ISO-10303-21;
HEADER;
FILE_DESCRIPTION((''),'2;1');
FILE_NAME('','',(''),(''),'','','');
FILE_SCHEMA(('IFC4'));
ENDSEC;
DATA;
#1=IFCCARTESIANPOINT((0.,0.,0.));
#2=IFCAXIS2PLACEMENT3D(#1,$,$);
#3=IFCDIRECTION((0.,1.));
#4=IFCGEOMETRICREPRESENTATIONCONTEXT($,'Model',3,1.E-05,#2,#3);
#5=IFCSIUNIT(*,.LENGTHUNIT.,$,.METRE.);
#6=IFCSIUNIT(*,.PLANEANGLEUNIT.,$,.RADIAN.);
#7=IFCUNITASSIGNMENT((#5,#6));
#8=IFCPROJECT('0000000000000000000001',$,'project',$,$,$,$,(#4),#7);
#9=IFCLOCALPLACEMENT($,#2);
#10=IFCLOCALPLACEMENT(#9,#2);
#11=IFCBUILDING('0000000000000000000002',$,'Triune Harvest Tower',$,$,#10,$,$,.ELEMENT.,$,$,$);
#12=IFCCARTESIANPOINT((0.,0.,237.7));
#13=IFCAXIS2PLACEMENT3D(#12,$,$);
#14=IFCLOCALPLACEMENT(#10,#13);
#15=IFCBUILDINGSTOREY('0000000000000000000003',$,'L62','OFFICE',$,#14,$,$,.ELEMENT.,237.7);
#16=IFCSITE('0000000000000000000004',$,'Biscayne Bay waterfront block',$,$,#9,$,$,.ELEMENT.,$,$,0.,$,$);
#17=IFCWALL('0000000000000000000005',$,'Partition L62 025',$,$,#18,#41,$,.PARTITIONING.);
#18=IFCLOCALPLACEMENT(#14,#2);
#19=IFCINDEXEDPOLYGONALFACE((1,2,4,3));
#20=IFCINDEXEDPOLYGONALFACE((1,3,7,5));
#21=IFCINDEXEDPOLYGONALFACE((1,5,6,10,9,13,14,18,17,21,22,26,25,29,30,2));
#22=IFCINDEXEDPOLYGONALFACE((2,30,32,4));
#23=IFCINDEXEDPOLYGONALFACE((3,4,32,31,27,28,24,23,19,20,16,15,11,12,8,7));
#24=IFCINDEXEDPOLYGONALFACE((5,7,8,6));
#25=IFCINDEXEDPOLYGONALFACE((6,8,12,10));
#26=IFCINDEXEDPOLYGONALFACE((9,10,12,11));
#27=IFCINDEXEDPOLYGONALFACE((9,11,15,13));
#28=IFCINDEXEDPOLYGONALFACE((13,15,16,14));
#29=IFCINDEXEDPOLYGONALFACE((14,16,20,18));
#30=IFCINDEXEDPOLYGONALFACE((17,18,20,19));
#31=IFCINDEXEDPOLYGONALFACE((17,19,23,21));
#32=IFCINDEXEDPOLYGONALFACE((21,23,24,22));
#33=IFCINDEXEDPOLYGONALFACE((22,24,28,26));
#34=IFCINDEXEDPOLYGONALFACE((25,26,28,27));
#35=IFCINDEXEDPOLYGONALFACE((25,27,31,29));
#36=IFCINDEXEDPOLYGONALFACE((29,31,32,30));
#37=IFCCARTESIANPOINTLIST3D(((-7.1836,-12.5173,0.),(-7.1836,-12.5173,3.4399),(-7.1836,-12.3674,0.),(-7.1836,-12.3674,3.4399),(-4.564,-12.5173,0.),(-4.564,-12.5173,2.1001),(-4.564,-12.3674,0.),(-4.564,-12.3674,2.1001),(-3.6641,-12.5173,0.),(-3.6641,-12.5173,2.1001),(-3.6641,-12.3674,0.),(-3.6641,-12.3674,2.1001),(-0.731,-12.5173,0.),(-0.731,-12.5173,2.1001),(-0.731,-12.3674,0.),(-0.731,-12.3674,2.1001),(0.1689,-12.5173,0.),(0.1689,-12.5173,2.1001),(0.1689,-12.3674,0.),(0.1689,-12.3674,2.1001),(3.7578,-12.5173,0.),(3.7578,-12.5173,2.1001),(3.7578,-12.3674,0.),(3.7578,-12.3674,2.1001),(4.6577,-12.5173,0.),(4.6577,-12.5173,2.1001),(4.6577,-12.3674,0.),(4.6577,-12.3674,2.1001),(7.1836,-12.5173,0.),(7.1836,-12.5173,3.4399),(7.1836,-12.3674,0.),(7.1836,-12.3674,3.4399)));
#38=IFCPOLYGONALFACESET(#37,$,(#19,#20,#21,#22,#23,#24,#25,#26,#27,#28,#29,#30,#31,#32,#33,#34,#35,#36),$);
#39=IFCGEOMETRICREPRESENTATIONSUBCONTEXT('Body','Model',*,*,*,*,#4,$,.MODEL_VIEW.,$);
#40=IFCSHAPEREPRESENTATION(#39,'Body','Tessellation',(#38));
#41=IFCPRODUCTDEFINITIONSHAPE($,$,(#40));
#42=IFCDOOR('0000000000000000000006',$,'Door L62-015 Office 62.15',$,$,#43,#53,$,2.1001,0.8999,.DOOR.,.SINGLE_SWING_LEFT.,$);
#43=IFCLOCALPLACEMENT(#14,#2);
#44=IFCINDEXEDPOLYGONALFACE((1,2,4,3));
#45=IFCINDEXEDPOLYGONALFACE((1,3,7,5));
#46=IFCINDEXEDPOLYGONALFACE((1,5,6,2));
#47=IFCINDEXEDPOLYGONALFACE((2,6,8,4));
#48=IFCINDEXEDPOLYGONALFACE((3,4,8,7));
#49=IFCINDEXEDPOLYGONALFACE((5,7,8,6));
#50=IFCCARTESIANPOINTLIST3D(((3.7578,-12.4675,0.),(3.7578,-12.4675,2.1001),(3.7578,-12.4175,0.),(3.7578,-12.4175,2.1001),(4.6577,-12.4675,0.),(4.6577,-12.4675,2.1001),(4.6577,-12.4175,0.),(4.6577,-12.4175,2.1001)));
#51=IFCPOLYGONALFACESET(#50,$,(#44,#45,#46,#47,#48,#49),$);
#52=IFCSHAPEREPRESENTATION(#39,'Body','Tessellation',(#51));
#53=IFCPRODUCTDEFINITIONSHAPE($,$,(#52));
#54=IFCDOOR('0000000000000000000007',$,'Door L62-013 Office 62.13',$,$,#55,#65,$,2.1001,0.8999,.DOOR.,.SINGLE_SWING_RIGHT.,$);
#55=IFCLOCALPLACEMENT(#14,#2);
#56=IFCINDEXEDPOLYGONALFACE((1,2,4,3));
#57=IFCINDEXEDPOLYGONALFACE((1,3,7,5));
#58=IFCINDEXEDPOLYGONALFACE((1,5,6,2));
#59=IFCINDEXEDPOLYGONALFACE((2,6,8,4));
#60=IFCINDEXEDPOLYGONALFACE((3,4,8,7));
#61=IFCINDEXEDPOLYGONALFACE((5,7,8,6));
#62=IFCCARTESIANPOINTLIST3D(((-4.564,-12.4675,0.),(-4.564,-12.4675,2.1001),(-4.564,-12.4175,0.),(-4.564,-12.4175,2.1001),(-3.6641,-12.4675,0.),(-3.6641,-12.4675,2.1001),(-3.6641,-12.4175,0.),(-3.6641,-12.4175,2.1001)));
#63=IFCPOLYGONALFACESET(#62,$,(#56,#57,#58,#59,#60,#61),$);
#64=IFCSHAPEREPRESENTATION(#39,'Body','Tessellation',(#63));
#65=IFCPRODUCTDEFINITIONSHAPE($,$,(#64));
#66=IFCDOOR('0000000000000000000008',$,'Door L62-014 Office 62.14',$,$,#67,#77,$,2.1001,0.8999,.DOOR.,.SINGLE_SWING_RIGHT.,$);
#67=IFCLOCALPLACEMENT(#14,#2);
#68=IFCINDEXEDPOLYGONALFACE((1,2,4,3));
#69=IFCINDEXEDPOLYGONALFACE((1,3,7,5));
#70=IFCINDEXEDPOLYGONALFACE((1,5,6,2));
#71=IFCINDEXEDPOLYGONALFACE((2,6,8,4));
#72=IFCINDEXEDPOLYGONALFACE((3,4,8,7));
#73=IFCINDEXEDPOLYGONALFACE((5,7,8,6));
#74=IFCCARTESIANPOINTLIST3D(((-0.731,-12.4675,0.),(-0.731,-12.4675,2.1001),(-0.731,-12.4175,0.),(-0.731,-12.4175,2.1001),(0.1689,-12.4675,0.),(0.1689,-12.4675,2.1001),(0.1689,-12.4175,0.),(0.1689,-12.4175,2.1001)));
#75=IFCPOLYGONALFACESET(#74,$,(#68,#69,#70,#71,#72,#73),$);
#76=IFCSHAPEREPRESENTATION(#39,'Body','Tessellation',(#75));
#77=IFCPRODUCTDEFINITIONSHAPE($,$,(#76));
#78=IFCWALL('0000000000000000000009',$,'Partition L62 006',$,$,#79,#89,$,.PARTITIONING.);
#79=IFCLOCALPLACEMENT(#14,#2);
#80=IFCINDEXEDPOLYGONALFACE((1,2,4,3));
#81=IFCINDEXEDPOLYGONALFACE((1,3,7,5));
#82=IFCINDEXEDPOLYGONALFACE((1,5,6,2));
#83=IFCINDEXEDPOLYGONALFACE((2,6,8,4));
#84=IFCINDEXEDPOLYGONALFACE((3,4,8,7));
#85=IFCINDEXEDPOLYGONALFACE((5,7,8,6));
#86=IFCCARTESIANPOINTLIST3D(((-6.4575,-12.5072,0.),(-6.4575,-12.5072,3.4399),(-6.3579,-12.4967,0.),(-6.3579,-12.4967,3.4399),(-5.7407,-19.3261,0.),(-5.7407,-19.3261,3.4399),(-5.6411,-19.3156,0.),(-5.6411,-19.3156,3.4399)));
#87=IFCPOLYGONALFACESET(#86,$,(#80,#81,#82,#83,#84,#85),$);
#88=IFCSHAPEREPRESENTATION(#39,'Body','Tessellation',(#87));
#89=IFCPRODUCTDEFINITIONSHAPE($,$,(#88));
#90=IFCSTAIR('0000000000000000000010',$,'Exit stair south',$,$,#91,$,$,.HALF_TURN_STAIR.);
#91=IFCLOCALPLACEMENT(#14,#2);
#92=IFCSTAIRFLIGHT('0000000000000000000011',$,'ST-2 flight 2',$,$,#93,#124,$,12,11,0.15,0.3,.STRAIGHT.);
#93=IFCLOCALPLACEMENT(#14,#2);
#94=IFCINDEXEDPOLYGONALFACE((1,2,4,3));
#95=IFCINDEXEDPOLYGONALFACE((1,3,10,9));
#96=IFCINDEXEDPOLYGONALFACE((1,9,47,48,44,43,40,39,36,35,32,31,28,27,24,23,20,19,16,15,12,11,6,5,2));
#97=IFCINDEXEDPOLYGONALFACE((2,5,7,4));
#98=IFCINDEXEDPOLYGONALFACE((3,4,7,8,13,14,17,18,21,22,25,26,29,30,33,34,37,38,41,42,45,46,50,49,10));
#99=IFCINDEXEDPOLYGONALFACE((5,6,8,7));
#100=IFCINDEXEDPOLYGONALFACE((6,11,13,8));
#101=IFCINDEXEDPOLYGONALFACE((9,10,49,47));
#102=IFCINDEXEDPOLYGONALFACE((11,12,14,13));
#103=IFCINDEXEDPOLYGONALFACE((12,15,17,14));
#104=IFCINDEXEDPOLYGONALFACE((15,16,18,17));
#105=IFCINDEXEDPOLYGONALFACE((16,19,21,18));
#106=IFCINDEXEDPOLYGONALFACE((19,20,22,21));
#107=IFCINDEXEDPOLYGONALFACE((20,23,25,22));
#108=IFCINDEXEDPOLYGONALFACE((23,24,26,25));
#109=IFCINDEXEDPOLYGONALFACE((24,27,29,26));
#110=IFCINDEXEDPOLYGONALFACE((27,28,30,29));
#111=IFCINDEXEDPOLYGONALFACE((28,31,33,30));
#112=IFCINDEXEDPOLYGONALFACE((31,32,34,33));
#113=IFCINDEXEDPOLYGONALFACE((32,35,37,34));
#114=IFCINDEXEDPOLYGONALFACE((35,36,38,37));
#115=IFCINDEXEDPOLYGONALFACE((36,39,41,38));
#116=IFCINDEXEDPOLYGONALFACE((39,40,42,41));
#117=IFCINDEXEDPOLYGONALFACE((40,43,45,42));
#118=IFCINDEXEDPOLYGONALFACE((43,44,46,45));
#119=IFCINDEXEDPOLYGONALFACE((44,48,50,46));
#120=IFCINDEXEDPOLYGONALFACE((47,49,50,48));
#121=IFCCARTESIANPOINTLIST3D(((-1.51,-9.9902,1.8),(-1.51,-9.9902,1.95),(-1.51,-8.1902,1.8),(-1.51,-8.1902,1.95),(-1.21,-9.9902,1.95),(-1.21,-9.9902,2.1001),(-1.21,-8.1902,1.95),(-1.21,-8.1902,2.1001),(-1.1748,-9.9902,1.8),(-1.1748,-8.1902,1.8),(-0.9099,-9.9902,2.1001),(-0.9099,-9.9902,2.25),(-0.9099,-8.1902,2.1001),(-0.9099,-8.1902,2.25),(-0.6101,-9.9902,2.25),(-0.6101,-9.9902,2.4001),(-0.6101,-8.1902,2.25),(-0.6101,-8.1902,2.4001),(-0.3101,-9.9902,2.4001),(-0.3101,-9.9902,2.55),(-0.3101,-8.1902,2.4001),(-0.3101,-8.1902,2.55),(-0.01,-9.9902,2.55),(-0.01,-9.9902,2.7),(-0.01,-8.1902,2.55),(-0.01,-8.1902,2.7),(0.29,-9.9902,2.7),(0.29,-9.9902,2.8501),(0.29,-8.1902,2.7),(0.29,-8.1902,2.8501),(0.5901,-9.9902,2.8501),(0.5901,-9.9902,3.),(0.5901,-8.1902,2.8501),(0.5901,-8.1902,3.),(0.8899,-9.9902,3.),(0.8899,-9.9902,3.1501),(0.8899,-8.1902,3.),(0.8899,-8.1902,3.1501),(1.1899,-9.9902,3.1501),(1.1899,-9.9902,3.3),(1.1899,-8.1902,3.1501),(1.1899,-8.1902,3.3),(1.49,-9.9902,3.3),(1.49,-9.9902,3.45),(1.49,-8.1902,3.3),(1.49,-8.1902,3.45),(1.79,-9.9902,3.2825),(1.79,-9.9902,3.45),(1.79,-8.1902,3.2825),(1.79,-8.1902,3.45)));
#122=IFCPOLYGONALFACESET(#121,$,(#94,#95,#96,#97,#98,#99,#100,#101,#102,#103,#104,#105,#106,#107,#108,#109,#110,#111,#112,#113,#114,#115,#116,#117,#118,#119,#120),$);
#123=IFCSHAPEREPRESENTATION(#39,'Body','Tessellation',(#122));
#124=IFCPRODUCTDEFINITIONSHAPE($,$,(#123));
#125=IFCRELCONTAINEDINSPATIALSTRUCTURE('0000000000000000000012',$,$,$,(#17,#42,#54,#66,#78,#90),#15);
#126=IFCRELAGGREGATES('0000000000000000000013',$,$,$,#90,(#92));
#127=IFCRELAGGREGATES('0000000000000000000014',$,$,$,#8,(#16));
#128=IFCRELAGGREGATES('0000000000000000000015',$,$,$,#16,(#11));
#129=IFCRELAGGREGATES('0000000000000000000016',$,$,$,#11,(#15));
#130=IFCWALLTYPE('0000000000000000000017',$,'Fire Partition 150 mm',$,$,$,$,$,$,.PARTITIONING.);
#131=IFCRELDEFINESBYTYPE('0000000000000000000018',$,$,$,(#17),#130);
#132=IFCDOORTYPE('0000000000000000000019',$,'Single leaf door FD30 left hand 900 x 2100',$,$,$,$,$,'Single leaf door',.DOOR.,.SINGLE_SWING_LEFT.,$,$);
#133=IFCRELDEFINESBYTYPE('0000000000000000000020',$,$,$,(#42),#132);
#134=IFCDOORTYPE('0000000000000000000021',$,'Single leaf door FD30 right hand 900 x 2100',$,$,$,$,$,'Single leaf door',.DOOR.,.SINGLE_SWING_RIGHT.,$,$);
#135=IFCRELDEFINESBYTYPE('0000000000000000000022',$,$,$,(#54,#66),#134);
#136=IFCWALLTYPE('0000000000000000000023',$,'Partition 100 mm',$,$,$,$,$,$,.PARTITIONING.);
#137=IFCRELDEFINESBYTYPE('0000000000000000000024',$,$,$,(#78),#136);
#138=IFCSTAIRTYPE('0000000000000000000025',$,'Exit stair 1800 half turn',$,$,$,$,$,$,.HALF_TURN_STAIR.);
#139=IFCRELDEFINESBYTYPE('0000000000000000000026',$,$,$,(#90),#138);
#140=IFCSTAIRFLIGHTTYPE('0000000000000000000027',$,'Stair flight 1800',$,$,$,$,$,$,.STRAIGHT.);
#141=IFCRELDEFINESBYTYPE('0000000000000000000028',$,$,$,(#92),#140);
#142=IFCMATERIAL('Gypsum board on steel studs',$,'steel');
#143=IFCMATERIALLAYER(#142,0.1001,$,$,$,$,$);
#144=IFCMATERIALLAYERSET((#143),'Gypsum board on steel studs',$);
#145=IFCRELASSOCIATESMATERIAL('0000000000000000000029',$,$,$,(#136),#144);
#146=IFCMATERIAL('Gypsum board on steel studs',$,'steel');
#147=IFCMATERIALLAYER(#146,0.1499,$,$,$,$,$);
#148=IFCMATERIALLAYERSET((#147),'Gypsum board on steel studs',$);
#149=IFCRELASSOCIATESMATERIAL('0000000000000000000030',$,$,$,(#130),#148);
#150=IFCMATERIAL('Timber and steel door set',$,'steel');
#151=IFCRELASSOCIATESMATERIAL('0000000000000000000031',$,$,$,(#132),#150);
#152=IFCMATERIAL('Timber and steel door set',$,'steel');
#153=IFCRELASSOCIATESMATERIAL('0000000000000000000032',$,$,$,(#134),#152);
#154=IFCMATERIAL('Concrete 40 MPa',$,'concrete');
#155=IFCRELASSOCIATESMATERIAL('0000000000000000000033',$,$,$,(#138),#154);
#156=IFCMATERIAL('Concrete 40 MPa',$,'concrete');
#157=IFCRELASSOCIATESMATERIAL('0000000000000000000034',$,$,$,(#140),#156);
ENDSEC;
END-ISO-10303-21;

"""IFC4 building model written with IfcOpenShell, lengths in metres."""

from ifc_helpers import new_model, si_unit, direction, frame, frame_2d, origin, place, context, subcontext, project, spatial, polyline, rectangle, outline, extrude, source, transform, mapped, material, layer, layer_set, type_object, element, fill, aggregate, save


model = new_model("IFC4")

# Units and contexts
model_context = context("Model", 3, precision=1e-05, world=origin(), true_north=direction((0.0, 1.0)))
body_context = subcontext(model_context, "Body", "Model", "MODEL_VIEW")
ifc_project = project(units=[si_unit("LENGTHUNIT", "METRE"), si_unit("PLANEANGLEUNIT", "RADIAN")], contexts=[model_context])

# Site, building, storey
site_placement = place(None, origin())
site = spatial("IfcSite", under=ifc_project, at=site_placement, Name="Biscayne Bay waterfront block", CompositionType="ELEMENT", RefElevation=0.0)
building_placement = place(site_placement, origin())
building = spatial("IfcBuilding", under=site, at=building_placement, Name="Triune Harvest Tower", CompositionType="ELEMENT")
storey_placement = place(building_placement, frame((0.0, 0.0, 237.7)))
storey = spatial("IfcBuildingStorey", under=building, at=storey_placement, Name="L62", Description="OFFICE", CompositionType="ELEMENT", Elevation=237.7)

# Shared definitions
ifc_material_1 = material(Name="Gypsum board on steel studs", Category="steel")
ifc_layer_1 = layer(ifc_material_1, 0.1001)
ifc_layer_set_1 = layer_set([ifc_layer_1], Name="Gypsum board on steel studs")
wall_type_1 = type_object("IfcWallType", Name="Partition 100 mm", PredefinedType="PARTITIONING", material=ifc_layer_set_1)

# Wall, openings, doors
ifc_material_2 = material(Name="Gypsum board on steel studs", Category="steel")
ifc_layer_2 = layer(ifc_material_2, 0.1499)
ifc_layer_set_2 = layer_set([ifc_layer_2], Name="Gypsum board on steel studs")
wall_type_2 = type_object("IfcWallType", Name="Fire Partition 150 mm", PredefinedType="PARTITIONING", material=ifc_layer_set_2)
shared_shape_1 = source(origin(), body_context, "Body", "SweptSolid", [
    extrude(rectangle(XDim=14.3672, YDim=0.1499, at=frame_2d((7.1836, 0.0))), origin(), (0.0, 0.0, 1.0), 3.4399),
])
wall_1_placement = place(storey_placement, frame((-7.1836, -12.4424, 0.0), z_axis=(0.0, 0.0, 1.0), x_axis=(1.0, 0.0, 0.0)))
wall_1 = element("IfcWall", 1, at=wall_1_placement, inside=storey, type_object=wall_type_2, Name="Partition L62 025", PredefinedType="PARTITIONING", context=body_context, shape_type="MappedRepresentation", body=[
    mapped(shared_shape_1, transform((0.0, 0.0, 0.0), scale=1.0)),
])
opening_1_placement = place(wall_1_placement, frame((2.6196, 0.0, 0.0)))
opening_1 = element("IfcOpeningElement", 2, at=opening_1_placement, cuts=wall_1, PredefinedType="OPENING", context=body_context, shape_type="SweptSolid", body=[
    extrude(rectangle(XDim=0.8999, YDim=2.1001, at=frame_2d((0.45, 1.05))), frame((0.0, 0.085, 0.0), z_axis=(0.0, -1.0, 0.0), x_axis=(1.0, 0.0, 0.0)), (0.0, 0.0, 1.0), 0.1699),
])
opening_2_placement = place(wall_1_placement, frame((6.4526, 0.0, 0.0)))
opening_2 = element("IfcOpeningElement", 3, at=opening_2_placement, cuts=wall_1, PredefinedType="OPENING", context=body_context, shape_type="SweptSolid", body=[
    extrude(rectangle(XDim=0.8999, YDim=2.1001, at=frame_2d((0.45, 1.05))), frame((0.0, 0.085, 0.0), z_axis=(0.0, -1.0, 0.0), x_axis=(1.0, 0.0, 0.0)), (0.0, 0.0, 1.0), 0.1699),
])
opening_3_placement = place(wall_1_placement, frame((10.9414, 0.0, 0.0)))
opening_3 = element("IfcOpeningElement", 4, at=opening_3_placement, cuts=wall_1, PredefinedType="OPENING", context=body_context, shape_type="SweptSolid", body=[
    extrude(rectangle(XDim=0.8999, YDim=2.1001, at=frame_2d((0.45, 1.05))), frame((0.0, 0.085, 0.0), z_axis=(0.0, -1.0, 0.0), x_axis=(1.0, 0.0, 0.0)), (0.0, 0.0, 1.0), 0.1699),
])
ifc_material_3 = material(Name="Timber and steel door set", Category="steel")
door_type_1 = type_object("IfcDoorType", Name="Single leaf door FD30 left hand 900 x 2100", ElementType="Single leaf door", OperationType="SINGLE_SWING_LEFT", PredefinedType="DOOR", material=ifc_material_3)
door_1_placement = place(opening_3_placement, origin())
door_1 = element("IfcDoor", 5, at=door_1_placement, inside=storey, type_object=door_type_1, Name="Door L62-015 Office 62.15", OperationType="SINGLE_SWING_LEFT", OverallHeight=2.1001, OverallWidth=0.8999, PredefinedType="DOOR", context=body_context, shape_type="SweptSolid", body=[
    extrude(rectangle(XDim=0.8999, YDim=2.1001, at=frame_2d((0.45, 1.05))), frame((0.0, 0.0249, 0.0), z_axis=(0.0, -1.0, 0.0), x_axis=(1.0, 0.0, 0.0)), (0.0, 0.0, 1.0), 0.05),
])
fill(opening_3, door_1)
ifc_material_4 = material(Name="Timber and steel door set", Category="steel")
door_type_2 = type_object("IfcDoorType", Name="Single leaf door FD30 right hand 900 x 2100", ElementType="Single leaf door", OperationType="SINGLE_SWING_RIGHT", PredefinedType="DOOR", material=ifc_material_4)
door_2_placement = place(opening_1_placement, origin())
door_2 = element("IfcDoor", 6, at=door_2_placement, inside=storey, type_object=door_type_2, Name="Door L62-013 Office 62.13", OperationType="SINGLE_SWING_RIGHT", OverallHeight=2.1001, OverallWidth=0.8999, PredefinedType="DOOR", context=body_context, shape_type="SweptSolid", body=[
    extrude(rectangle(XDim=0.8999, YDim=2.1001, at=frame_2d((0.45, 1.05))), frame((0.0, 0.0249, 0.0), z_axis=(0.0, -1.0, 0.0), x_axis=(1.0, 0.0, 0.0)), (0.0, 0.0, 1.0), 0.05),
])
fill(opening_1, door_2)
door_3_placement = place(opening_2_placement, origin())
door_3 = element("IfcDoor", 7, at=door_3_placement, inside=storey, type_object=door_type_2, Name="Door L62-014 Office 62.14", OperationType="SINGLE_SWING_RIGHT", OverallHeight=2.1001, OverallWidth=0.8999, PredefinedType="DOOR", context=body_context, shape_type="SweptSolid", body=[
    extrude(rectangle(XDim=0.8999, YDim=2.1001, at=frame_2d((0.45, 1.05))), frame((0.0, 0.0249, 0.0), z_axis=(0.0, -1.0, 0.0), x_axis=(1.0, 0.0, 0.0)), (0.0, 0.0, 1.0), 0.05),
])
fill(opening_2, door_3)

# Wall
shared_shape_2 = source(origin(), body_context, "Body", "SweptSolid", [
    extrude(rectangle(XDim=6.8564, YDim=0.1001, at=frame_2d((3.4282, 0.0))), origin(), (0.0, 0.0, 1.0), 3.4399),
])
wall_2_placement = place(storey_placement, frame((-6.4077, -12.502, 0.0), z_axis=(0.0, 0.0, 1.0), x_axis=(0.104544, -0.99452, 0.0)))
element("IfcWall", 8, at=wall_2_placement, inside=storey, type_object=wall_type_1, Name="Partition L62 006", PredefinedType="PARTITIONING", context=body_context, shape_type="MappedRepresentation", body=[
    mapped(shared_shape_2, transform((0.0, 0.0, 0.0), scale=1.0)),
])

# Stair, stair flight
ifc_material_5 = material(Name="Concrete 40 MPa", Category="concrete")
stair_type = type_object("IfcStairType", Name="Exit stair 1800 half turn", PredefinedType="HALF_TURN_STAIR", material=ifc_material_5)
stair_placement = place(storey_placement, origin())
stair = element("IfcStair", 9, at=stair_placement, inside=storey, type_object=stair_type, Name="Exit stair south", PredefinedType="HALF_TURN_STAIR")
ifc_material_6 = material(Name="Concrete 40 MPa", Category="concrete")
stair_flight_type = type_object("IfcStairFlightType", Name="Stair flight 1800", PredefinedType="STRAIGHT", material=ifc_material_6)
shared_shape_3 = source(origin(), body_context, "Body", "SweptSolid", [
    extrude(outline(polyline([(0.0, 0.0), (0.0, 0.1499), (0.3, 0.1499), (0.3, 0.3), (0.6001, 0.3), (0.6001, 0.45), (0.8999, 0.45), (0.8999, 0.6001), (1.2, 0.6001), (1.2, 0.75), (1.5, 0.75), (1.5, 0.8999), (1.8, 0.8999), (1.8, 1.05), (2.1001, 1.05), (2.1001, 1.2), (2.3999, 1.2), (2.3999, 1.3501), (2.7, 1.3501), (2.7, 1.5), (3.0, 1.5), (3.0, 1.6499), (3.3, 1.6499), (3.3, 1.8), (3.3, 1.4824), (0.3352, 0.0), (0.0, 0.0)])), frame((0.0, 0.8999, 0.0), z_axis=(0.0, -1.0, 0.0), x_axis=(1.0, 0.0, 0.0)), (0.0, 0.0, 1.0), 1.8),
])
stair_flight_placement = place(storey_placement, frame((-1.51, -9.0901, 1.8), z_axis=(0.0, 0.0, 1.0), x_axis=(1.0, 0.0, 0.0)))
stair_flight = element("IfcStairFlight", 10, at=stair_flight_placement, type_object=stair_flight_type, Name="ST-2 flight 2", NumberOfRisers=12, NumberOfTreads=11, PredefinedType="STRAIGHT", RiserHeight=0.15, TreadLength=0.3, context=body_context, shape_type="MappedRepresentation", body=[
    mapped(shared_shape_3, transform((0.0, 0.0, 0.0), scale=1.0)),
])
aggregate(stair, [stair_flight])

save(model, "model.ifc")
